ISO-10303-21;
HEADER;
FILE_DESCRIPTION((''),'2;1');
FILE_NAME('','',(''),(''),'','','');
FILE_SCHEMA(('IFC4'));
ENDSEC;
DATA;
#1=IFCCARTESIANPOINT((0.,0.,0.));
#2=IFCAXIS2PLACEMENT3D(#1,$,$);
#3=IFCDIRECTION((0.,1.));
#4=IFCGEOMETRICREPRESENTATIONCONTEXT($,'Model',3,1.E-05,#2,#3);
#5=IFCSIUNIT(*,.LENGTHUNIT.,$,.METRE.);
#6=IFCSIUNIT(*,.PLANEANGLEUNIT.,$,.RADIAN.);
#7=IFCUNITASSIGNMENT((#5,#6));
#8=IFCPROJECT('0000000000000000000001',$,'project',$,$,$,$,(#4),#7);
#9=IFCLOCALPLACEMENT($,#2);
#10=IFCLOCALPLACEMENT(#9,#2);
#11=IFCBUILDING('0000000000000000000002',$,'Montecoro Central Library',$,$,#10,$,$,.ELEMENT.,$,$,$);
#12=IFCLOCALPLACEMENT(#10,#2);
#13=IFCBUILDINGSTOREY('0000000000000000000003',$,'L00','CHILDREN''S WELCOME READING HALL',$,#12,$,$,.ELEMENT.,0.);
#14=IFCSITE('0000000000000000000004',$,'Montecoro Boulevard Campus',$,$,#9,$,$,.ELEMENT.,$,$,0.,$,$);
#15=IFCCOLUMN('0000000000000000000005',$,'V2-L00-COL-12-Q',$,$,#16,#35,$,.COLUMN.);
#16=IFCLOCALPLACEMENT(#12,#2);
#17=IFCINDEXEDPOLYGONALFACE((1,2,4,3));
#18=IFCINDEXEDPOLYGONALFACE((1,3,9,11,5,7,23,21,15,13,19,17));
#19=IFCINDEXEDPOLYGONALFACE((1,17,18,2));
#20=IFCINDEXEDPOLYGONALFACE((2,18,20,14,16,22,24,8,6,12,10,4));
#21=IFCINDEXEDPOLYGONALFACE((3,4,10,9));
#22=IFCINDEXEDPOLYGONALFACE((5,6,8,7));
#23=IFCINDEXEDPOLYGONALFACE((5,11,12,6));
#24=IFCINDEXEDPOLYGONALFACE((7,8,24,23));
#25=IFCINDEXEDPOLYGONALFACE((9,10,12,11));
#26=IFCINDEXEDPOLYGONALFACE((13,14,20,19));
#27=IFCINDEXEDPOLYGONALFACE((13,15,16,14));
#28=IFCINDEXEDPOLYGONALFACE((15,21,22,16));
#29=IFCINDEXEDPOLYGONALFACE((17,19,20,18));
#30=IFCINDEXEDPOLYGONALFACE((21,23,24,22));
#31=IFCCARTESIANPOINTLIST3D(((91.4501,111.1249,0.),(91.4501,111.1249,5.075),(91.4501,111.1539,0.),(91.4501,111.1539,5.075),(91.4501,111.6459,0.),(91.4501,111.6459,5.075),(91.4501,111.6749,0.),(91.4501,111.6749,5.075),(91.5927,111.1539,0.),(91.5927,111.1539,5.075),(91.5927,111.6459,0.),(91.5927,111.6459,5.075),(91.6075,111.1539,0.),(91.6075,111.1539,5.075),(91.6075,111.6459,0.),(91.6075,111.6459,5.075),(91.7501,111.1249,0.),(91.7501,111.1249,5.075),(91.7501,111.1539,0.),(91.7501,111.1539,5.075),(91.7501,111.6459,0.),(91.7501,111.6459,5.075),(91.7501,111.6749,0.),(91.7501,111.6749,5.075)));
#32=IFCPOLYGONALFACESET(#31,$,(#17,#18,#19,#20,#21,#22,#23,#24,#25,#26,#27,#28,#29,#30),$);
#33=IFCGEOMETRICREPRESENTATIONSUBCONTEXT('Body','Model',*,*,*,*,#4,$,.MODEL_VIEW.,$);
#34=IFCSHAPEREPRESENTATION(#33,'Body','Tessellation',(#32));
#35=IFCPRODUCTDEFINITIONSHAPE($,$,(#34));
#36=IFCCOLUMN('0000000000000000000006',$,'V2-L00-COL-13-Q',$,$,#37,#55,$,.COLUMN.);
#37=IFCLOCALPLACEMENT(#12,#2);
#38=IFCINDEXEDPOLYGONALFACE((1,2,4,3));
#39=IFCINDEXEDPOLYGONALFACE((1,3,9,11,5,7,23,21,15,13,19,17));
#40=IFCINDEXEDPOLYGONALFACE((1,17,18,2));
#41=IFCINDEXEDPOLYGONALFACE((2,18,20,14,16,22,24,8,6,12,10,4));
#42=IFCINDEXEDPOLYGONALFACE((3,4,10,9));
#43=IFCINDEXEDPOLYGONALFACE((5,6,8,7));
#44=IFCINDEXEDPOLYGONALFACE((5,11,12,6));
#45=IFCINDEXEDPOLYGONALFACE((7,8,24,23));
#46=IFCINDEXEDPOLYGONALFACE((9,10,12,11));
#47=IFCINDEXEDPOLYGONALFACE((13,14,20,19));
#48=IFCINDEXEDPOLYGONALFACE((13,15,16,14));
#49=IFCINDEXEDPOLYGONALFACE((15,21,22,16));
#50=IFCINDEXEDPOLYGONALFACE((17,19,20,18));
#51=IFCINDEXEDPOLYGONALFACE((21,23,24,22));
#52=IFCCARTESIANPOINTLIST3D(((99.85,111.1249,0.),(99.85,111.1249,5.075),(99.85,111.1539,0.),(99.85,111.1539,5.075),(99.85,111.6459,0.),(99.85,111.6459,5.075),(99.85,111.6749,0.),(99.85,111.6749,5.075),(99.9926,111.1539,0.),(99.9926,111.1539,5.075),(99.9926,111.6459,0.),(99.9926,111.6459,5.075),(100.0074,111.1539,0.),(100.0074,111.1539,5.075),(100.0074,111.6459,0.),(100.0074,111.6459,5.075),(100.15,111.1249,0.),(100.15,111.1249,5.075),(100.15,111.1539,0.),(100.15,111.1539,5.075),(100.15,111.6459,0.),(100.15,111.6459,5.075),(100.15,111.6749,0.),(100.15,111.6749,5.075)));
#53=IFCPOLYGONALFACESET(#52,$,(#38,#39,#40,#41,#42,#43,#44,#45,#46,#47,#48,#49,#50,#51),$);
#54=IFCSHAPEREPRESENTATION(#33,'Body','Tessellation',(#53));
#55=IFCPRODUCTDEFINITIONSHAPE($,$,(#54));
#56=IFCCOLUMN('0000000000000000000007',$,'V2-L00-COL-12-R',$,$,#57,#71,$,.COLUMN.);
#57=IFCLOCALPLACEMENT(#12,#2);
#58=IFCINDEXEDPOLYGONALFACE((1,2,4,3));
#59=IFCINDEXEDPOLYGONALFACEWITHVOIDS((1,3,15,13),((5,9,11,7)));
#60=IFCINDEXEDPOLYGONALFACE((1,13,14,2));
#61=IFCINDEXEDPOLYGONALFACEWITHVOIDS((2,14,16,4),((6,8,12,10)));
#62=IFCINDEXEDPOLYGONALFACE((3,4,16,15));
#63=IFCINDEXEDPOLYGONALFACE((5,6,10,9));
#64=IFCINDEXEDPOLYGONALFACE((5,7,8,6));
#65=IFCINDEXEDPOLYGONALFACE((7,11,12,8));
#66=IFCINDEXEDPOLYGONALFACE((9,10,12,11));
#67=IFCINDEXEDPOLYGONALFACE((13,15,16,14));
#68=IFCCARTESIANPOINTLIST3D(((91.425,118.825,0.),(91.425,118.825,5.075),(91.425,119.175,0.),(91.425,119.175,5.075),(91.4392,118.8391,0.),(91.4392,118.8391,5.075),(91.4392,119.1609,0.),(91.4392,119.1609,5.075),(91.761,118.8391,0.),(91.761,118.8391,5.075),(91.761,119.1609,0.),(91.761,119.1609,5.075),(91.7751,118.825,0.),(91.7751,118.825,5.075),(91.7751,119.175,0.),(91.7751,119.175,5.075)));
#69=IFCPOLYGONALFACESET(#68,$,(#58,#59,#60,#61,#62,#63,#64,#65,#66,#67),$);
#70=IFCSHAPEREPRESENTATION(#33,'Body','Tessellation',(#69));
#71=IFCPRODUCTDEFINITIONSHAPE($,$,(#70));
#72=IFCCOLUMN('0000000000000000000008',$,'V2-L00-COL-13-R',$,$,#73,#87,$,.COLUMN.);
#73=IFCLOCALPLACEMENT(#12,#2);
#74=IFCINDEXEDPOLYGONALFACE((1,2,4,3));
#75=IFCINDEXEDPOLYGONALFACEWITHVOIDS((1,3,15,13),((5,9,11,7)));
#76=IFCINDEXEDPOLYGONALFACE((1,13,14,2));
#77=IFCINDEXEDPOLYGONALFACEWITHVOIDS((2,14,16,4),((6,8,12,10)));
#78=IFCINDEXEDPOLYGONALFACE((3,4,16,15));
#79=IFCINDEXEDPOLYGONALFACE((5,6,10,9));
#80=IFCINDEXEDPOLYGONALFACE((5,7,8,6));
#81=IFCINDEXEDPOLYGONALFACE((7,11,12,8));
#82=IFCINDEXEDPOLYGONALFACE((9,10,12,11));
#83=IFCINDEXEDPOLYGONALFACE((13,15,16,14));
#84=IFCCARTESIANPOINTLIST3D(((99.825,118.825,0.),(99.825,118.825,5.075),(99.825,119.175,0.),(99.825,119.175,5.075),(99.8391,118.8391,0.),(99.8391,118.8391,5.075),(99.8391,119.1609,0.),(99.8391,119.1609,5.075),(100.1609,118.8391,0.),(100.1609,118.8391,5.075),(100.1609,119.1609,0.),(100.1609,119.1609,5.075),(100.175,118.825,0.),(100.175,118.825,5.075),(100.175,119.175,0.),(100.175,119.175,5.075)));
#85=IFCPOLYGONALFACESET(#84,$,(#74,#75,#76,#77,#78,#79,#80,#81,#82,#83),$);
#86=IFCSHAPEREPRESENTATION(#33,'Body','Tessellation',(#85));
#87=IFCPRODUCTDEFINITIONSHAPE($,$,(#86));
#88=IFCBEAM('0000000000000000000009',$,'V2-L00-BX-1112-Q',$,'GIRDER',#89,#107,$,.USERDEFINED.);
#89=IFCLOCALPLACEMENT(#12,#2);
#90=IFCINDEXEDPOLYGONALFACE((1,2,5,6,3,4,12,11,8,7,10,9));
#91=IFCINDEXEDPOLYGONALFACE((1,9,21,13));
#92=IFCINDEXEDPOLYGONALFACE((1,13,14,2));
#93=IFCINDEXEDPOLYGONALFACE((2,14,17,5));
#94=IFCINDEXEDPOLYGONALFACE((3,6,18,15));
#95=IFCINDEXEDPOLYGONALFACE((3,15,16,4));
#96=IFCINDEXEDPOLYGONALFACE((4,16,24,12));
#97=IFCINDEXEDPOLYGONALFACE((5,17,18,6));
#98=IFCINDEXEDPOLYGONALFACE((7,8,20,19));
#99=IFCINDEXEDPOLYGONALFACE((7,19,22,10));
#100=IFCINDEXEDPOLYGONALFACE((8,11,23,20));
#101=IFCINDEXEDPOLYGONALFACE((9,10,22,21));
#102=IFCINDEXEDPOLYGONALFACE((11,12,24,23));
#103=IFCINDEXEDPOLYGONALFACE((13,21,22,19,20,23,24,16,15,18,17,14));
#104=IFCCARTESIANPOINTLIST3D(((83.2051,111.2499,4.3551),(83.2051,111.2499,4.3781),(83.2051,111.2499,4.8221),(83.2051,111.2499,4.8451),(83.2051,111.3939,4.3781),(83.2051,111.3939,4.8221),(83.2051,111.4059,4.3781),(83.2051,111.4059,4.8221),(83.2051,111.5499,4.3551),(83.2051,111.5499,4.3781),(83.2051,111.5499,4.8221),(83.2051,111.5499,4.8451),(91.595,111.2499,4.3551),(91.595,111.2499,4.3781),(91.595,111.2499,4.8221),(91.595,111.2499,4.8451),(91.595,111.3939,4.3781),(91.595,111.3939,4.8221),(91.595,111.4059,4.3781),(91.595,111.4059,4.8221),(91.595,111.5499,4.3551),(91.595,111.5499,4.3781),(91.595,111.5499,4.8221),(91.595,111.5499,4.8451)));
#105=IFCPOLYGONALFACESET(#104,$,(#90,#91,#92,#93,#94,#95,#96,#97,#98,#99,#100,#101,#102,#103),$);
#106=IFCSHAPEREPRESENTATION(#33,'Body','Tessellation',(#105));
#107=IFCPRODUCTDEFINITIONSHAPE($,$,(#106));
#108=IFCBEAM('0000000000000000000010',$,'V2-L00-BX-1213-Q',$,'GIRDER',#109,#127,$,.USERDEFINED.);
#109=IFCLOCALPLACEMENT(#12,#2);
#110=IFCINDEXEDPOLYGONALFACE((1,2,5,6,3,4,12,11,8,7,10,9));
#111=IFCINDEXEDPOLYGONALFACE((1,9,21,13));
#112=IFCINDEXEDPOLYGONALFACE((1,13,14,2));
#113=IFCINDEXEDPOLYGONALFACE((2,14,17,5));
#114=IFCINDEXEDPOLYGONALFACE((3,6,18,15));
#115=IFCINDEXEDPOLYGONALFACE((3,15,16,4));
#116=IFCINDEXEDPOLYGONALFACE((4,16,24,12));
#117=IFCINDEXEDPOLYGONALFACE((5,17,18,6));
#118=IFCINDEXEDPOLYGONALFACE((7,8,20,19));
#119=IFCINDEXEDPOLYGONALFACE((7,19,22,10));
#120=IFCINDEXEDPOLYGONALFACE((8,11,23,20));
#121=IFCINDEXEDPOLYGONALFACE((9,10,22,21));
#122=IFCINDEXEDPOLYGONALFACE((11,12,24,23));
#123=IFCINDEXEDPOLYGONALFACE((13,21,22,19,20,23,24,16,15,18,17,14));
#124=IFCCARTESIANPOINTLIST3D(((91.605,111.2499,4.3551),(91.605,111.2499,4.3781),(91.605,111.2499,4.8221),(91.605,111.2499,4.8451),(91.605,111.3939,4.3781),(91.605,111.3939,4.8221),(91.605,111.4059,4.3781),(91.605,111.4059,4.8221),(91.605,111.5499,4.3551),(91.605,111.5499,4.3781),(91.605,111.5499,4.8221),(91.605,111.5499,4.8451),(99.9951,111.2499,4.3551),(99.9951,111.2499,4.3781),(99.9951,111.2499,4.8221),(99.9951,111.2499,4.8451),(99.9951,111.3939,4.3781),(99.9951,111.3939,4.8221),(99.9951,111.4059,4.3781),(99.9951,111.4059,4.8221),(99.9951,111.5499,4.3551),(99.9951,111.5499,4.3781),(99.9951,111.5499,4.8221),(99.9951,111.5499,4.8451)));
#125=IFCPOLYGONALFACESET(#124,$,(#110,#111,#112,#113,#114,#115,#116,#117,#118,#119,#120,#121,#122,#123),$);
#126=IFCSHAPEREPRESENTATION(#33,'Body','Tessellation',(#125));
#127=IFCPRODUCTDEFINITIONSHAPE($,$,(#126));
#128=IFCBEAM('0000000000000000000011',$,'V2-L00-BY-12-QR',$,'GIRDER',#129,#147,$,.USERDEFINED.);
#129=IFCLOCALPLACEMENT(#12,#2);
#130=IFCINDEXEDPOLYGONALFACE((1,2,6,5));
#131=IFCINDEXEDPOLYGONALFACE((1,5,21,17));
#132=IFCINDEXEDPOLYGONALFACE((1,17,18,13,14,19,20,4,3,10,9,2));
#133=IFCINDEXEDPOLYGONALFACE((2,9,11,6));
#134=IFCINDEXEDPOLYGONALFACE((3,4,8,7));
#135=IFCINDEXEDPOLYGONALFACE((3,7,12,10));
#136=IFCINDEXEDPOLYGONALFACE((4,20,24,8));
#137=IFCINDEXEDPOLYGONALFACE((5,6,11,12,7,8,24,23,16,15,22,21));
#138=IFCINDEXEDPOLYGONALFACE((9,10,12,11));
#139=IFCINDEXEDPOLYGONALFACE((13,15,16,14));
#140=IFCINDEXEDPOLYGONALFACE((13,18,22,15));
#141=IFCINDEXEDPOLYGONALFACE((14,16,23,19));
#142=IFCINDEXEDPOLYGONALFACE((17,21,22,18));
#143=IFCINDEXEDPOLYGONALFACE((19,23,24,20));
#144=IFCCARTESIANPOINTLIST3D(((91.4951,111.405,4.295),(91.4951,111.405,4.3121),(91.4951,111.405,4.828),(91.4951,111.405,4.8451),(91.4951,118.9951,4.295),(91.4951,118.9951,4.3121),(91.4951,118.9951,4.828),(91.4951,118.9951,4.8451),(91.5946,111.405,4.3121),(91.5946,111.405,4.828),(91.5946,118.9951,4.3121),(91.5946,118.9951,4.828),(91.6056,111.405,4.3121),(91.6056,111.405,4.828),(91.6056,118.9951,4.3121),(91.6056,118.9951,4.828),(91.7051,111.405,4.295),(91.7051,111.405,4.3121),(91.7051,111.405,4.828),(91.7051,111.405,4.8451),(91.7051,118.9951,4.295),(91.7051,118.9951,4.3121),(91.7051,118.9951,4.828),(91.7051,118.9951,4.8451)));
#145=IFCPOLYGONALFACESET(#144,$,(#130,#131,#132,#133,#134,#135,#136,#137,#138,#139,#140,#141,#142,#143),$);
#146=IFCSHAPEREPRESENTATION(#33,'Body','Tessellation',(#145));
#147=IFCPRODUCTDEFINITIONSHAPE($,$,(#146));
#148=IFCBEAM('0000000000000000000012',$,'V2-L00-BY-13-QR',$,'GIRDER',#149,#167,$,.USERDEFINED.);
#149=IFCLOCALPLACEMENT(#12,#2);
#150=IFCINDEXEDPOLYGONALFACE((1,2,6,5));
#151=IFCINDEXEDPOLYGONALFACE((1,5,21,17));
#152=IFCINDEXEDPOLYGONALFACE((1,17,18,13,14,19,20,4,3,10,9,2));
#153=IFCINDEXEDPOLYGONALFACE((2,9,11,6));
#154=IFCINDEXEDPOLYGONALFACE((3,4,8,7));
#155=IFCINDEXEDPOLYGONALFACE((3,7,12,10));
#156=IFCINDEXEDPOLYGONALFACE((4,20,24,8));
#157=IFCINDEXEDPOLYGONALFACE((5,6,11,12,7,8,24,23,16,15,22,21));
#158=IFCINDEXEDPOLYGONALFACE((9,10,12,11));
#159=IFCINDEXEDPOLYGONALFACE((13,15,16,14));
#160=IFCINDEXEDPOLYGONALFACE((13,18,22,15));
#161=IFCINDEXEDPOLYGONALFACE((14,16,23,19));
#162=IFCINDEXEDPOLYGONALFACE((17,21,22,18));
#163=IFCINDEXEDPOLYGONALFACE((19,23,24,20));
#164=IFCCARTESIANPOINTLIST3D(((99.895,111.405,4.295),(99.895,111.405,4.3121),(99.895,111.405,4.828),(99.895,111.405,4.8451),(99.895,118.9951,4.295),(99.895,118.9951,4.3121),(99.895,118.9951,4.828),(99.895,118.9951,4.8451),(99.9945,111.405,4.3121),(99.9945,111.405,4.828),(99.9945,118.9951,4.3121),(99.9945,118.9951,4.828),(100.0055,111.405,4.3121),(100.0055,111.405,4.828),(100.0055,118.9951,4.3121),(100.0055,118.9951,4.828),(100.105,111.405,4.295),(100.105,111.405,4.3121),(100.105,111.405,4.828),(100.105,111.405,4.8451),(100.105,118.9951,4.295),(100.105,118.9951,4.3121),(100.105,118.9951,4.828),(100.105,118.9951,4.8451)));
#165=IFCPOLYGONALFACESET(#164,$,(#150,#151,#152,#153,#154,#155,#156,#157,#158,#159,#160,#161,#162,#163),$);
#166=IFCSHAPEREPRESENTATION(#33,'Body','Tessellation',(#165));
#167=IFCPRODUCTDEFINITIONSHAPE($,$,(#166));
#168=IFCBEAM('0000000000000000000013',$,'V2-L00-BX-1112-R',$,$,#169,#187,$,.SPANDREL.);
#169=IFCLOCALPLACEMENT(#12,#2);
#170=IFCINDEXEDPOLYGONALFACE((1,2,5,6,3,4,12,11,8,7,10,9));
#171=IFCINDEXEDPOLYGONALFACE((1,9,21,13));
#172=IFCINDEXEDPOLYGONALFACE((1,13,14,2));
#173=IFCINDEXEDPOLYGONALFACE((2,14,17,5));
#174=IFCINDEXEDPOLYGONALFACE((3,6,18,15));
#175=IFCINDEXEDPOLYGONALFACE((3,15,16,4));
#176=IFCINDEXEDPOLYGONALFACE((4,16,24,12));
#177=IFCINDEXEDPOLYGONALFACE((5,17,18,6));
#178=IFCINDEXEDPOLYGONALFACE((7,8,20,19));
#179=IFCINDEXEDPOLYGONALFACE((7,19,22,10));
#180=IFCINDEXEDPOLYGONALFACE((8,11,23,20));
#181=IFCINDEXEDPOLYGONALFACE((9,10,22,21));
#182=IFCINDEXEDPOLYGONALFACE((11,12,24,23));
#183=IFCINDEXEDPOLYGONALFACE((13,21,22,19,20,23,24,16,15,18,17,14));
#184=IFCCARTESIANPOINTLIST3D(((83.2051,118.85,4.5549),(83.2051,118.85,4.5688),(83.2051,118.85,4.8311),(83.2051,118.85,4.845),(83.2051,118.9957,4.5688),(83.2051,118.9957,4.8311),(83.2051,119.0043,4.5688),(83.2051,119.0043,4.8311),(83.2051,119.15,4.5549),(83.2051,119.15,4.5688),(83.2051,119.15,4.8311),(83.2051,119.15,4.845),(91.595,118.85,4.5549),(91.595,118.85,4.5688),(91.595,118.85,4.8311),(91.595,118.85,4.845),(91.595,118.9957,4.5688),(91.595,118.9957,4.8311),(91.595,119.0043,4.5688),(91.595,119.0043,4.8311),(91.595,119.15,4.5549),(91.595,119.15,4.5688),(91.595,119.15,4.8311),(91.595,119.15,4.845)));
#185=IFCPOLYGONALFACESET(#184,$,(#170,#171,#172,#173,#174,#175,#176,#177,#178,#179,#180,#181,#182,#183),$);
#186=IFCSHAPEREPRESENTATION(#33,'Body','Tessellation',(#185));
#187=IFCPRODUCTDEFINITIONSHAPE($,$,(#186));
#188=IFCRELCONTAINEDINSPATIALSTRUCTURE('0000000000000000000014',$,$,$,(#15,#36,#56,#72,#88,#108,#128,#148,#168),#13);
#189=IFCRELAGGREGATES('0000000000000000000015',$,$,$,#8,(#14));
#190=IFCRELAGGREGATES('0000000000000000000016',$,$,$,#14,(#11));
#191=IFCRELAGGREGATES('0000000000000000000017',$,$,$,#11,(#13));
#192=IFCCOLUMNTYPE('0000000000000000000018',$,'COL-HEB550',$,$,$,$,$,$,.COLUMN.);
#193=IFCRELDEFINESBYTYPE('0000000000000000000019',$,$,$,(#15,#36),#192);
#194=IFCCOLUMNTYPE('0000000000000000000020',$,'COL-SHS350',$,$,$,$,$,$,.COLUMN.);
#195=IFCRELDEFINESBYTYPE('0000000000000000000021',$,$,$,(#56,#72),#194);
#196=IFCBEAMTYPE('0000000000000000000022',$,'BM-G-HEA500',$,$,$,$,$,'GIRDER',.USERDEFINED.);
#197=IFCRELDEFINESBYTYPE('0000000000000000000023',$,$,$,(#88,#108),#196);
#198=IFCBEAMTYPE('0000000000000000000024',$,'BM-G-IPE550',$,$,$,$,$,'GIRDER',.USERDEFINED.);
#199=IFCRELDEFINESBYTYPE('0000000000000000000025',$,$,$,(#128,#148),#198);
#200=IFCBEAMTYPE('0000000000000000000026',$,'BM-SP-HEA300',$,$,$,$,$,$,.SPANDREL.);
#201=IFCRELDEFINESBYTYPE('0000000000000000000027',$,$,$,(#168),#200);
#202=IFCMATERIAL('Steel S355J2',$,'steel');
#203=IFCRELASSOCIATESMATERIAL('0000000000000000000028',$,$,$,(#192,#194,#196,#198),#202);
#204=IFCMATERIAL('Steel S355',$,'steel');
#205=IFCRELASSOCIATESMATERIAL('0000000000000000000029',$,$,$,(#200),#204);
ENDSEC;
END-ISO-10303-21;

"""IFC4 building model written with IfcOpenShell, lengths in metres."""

from ifc_helpers import new_model, si_unit, direction, frame, origin, origin_2d, place, context, subcontext, project, spatial, hollow_rectangle, i_section, extrude, material, material_profile, profile_set, type_object, element, save


model = new_model("IFC4")

# Units and contexts
model_context = context("Model", 3, precision=1e-05, world=origin(), true_north=direction((0.0, 1.0)))
body_context = subcontext(model_context, "Body", "Model", "MODEL_VIEW")
ifc_project = project(units=[si_unit("LENGTHUNIT", "METRE"), si_unit("PLANEANGLEUNIT", "RADIAN")], contexts=[model_context])

# Site, building, storey
site_placement = place(None, origin())
site = spatial("IfcSite", under=ifc_project, at=site_placement, Name="Montecoro Boulevard Campus", CompositionType="ELEMENT", RefElevation=0.0)
building_placement = place(site_placement, origin())
building = spatial("IfcBuilding", under=site, at=building_placement, Name="Montecoro Central Library", CompositionType="ELEMENT")
storey_placement = place(building_placement, origin())
storey = spatial("IfcBuildingStorey", under=building, at=storey_placement, Name="L00", Description="CHILDREN'S WELCOME READING HALL", CompositionType="ELEMENT", Elevation=0.0)

# Columns
ifc_material_1 = material(Name="Steel S355J2", Category="steel")
ifc_material_profile_1 = material_profile(ifc_material_1, i_section(OverallWidth=0.3, OverallDepth=0.55, WebThickness=0.0149, FlangeThickness=0.0291, at=origin_2d()), Name="HEB 550")
ifc_profile_set_1 = profile_set([ifc_material_profile_1], Name="Steel S355J2")
column_type_1 = type_object("IfcColumnType", Name="COL-HEB550", PredefinedType="COLUMN", material=ifc_profile_set_1)
for number, where, z_axis, x_axis, name in (
    (1, (91.6001, 111.3999, 0.0), (0.0, 0.0, 1.0), (1.0, 0.0, 0.0), "V2-L00-COL-12-Q"),
    (2, (100.0, 111.3999, 0.0), (0.0, 0.0, 1.0), (1.0, 0.0, 0.0), "V2-L00-COL-13-Q"),
):
    element("IfcColumn", number, at=place(storey_placement, frame(where, z_axis=z_axis, x_axis=x_axis)), inside=storey, type_object=column_type_1, Name=name, PredefinedType="COLUMN", context=body_context, shape_type="SweptSolid", body=[
        extrude(i_section(OverallWidth=0.3, OverallDepth=0.55, WebThickness=0.0149, FlangeThickness=0.0291, at=origin_2d()), origin(), (0.0, 0.0, 1.0), 5.075),
    ])
ifc_material_profile_2 = material_profile(ifc_material_1, hollow_rectangle(XDim=0.3501, YDim=0.3501, WallThickness=0.0142, at=origin_2d()), Name="SHS 350x350x14.2")
ifc_profile_set_2 = profile_set([ifc_material_profile_2], Name="Steel S355J2")
column_type_2 = type_object("IfcColumnType", Name="COL-SHS350", PredefinedType="COLUMN", material=ifc_profile_set_2)
for number, where, z_axis, x_axis, name in (
    (3, (91.6001, 119.0, 0.0), (0.0, 0.0, 1.0), (1.0, 0.0, 0.0), "V2-L00-COL-12-R"),
    (4, (100.0, 119.0, 0.0), (0.0, 0.0, 1.0), (1.0, 0.0, 0.0), "V2-L00-COL-13-R"),
):
    element("IfcColumn", number, at=place(storey_placement, frame(where, z_axis=z_axis, x_axis=x_axis)), inside=storey, type_object=column_type_2, Name=name, PredefinedType="COLUMN", context=body_context, shape_type="SweptSolid", body=[
        extrude(hollow_rectangle(XDim=0.3501, YDim=0.3501, WallThickness=0.0142, at=origin_2d()), origin(), (0.0, 0.0, 1.0), 5.075),
    ])

# Beams
ifc_material_profile_3 = material_profile(ifc_material_1, i_section(OverallWidth=0.3, OverallDepth=0.49, WebThickness=0.012, FlangeThickness=0.0229, at=origin_2d()), Name="HEA 500")
ifc_profile_set_3 = profile_set([ifc_material_profile_3], Name="Steel S355J2")
beam_type_1 = type_object("IfcBeamType", Name="BM-G-HEA500", ElementType="GIRDER", PredefinedType="USERDEFINED", material=ifc_profile_set_3)
beam_1_placement = place(storey_placement, frame((83.2051, 111.3999, 4.6001), z_axis=(1.0, 0.0, 0.0), x_axis=(0.0, 1.0, 0.0)))
element("IfcBeam", 5, at=beam_1_placement, inside=storey, type_object=beam_type_1, Name="V2-L00-BX-1112-Q", ObjectType="GIRDER", PredefinedType="USERDEFINED", context=body_context, shape_type="SweptSolid", body=[
    extrude(i_section(OverallWidth=0.3, OverallDepth=0.49, WebThickness=0.012, FlangeThickness=0.0229, at=origin_2d()), origin(), (0.0, 0.0, 1.0), 8.3899),
])
beam_2_placement = place(storey_placement, frame((91.605, 111.3999, 4.6001), z_axis=(1.0, 0.0, 0.0), x_axis=(0.0, 1.0, 0.0)))
element("IfcBeam", 6, at=beam_2_placement, inside=storey, type_object=beam_type_1, Name="V2-L00-BX-1213-Q", ObjectType="GIRDER", PredefinedType="USERDEFINED", context=body_context, shape_type="SweptSolid", body=[
    extrude(i_section(OverallWidth=0.3, OverallDepth=0.49, WebThickness=0.012, FlangeThickness=0.0229, at=origin_2d()), origin(), (0.0, 0.0, 1.0), 8.3901),
])
ifc_material_profile_4 = material_profile(ifc_material_1, i_section(OverallWidth=0.21, OverallDepth=0.55, WebThickness=0.011, FlangeThickness=0.0171, at=origin_2d()), Name="IPE 550")
ifc_profile_set_4 = profile_set([ifc_material_profile_4], Name="Steel S355J2")
beam_type_2 = type_object("IfcBeamType", Name="BM-G-IPE550", ElementType="GIRDER", PredefinedType="USERDEFINED", material=ifc_profile_set_4)
for number, where, z_axis, x_axis, name in (
    (7, (91.6001, 111.405, 4.5701), (0.0, 1.0, 0.0), (-1.0, 0.0, 0.0), "V2-L00-BY-12-QR"),
    (8, (100.0, 111.405, 4.5701), (0.0, 1.0, 0.0), (-1.0, 0.0, 0.0), "V2-L00-BY-13-QR"),
):
    element("IfcBeam", number, at=place(storey_placement, frame(where, z_axis=z_axis, x_axis=x_axis)), inside=storey, type_object=beam_type_2, Name=name, ObjectType="GIRDER", PredefinedType="USERDEFINED", context=body_context, shape_type="SweptSolid", body=[
        extrude(i_section(OverallWidth=0.21, OverallDepth=0.55, WebThickness=0.011, FlangeThickness=0.0171, at=origin_2d()), origin(), (0.0, 0.0, 1.0), 7.5901),
    ])
ifc_material_2 = material(Name="Steel S355", Category="steel")
ifc_material_profile_5 = material_profile(ifc_material_2, i_section(OverallWidth=0.3, OverallDepth=0.29, WebThickness=0.0085, FlangeThickness=0.0139, at=origin_2d()), Name="HEA 300")
ifc_profile_set_5 = profile_set([ifc_material_profile_5], Name="Steel S355")
beam_type_3 = type_object("IfcBeamType", Name="BM-SP-HEA300", PredefinedType="SPANDREL", material=ifc_profile_set_5)
beam_3_placement = place(storey_placement, frame((83.2051, 119.0, 4.7), z_axis=(1.0, 0.0, 0.0), x_axis=(0.0, 1.0, 0.0)))
element("IfcBeam", 9, at=beam_3_placement, inside=storey, type_object=beam_type_3, Name="V2-L00-BX-1112-R", PredefinedType="SPANDREL", context=body_context, shape_type="SweptSolid", body=[
    extrude(i_section(OverallWidth=0.3, OverallDepth=0.29, WebThickness=0.0085, FlangeThickness=0.0139, at=origin_2d()), origin(), (0.0, 0.0, 1.0), 8.3899),
])

save(model, "model.ifc")
